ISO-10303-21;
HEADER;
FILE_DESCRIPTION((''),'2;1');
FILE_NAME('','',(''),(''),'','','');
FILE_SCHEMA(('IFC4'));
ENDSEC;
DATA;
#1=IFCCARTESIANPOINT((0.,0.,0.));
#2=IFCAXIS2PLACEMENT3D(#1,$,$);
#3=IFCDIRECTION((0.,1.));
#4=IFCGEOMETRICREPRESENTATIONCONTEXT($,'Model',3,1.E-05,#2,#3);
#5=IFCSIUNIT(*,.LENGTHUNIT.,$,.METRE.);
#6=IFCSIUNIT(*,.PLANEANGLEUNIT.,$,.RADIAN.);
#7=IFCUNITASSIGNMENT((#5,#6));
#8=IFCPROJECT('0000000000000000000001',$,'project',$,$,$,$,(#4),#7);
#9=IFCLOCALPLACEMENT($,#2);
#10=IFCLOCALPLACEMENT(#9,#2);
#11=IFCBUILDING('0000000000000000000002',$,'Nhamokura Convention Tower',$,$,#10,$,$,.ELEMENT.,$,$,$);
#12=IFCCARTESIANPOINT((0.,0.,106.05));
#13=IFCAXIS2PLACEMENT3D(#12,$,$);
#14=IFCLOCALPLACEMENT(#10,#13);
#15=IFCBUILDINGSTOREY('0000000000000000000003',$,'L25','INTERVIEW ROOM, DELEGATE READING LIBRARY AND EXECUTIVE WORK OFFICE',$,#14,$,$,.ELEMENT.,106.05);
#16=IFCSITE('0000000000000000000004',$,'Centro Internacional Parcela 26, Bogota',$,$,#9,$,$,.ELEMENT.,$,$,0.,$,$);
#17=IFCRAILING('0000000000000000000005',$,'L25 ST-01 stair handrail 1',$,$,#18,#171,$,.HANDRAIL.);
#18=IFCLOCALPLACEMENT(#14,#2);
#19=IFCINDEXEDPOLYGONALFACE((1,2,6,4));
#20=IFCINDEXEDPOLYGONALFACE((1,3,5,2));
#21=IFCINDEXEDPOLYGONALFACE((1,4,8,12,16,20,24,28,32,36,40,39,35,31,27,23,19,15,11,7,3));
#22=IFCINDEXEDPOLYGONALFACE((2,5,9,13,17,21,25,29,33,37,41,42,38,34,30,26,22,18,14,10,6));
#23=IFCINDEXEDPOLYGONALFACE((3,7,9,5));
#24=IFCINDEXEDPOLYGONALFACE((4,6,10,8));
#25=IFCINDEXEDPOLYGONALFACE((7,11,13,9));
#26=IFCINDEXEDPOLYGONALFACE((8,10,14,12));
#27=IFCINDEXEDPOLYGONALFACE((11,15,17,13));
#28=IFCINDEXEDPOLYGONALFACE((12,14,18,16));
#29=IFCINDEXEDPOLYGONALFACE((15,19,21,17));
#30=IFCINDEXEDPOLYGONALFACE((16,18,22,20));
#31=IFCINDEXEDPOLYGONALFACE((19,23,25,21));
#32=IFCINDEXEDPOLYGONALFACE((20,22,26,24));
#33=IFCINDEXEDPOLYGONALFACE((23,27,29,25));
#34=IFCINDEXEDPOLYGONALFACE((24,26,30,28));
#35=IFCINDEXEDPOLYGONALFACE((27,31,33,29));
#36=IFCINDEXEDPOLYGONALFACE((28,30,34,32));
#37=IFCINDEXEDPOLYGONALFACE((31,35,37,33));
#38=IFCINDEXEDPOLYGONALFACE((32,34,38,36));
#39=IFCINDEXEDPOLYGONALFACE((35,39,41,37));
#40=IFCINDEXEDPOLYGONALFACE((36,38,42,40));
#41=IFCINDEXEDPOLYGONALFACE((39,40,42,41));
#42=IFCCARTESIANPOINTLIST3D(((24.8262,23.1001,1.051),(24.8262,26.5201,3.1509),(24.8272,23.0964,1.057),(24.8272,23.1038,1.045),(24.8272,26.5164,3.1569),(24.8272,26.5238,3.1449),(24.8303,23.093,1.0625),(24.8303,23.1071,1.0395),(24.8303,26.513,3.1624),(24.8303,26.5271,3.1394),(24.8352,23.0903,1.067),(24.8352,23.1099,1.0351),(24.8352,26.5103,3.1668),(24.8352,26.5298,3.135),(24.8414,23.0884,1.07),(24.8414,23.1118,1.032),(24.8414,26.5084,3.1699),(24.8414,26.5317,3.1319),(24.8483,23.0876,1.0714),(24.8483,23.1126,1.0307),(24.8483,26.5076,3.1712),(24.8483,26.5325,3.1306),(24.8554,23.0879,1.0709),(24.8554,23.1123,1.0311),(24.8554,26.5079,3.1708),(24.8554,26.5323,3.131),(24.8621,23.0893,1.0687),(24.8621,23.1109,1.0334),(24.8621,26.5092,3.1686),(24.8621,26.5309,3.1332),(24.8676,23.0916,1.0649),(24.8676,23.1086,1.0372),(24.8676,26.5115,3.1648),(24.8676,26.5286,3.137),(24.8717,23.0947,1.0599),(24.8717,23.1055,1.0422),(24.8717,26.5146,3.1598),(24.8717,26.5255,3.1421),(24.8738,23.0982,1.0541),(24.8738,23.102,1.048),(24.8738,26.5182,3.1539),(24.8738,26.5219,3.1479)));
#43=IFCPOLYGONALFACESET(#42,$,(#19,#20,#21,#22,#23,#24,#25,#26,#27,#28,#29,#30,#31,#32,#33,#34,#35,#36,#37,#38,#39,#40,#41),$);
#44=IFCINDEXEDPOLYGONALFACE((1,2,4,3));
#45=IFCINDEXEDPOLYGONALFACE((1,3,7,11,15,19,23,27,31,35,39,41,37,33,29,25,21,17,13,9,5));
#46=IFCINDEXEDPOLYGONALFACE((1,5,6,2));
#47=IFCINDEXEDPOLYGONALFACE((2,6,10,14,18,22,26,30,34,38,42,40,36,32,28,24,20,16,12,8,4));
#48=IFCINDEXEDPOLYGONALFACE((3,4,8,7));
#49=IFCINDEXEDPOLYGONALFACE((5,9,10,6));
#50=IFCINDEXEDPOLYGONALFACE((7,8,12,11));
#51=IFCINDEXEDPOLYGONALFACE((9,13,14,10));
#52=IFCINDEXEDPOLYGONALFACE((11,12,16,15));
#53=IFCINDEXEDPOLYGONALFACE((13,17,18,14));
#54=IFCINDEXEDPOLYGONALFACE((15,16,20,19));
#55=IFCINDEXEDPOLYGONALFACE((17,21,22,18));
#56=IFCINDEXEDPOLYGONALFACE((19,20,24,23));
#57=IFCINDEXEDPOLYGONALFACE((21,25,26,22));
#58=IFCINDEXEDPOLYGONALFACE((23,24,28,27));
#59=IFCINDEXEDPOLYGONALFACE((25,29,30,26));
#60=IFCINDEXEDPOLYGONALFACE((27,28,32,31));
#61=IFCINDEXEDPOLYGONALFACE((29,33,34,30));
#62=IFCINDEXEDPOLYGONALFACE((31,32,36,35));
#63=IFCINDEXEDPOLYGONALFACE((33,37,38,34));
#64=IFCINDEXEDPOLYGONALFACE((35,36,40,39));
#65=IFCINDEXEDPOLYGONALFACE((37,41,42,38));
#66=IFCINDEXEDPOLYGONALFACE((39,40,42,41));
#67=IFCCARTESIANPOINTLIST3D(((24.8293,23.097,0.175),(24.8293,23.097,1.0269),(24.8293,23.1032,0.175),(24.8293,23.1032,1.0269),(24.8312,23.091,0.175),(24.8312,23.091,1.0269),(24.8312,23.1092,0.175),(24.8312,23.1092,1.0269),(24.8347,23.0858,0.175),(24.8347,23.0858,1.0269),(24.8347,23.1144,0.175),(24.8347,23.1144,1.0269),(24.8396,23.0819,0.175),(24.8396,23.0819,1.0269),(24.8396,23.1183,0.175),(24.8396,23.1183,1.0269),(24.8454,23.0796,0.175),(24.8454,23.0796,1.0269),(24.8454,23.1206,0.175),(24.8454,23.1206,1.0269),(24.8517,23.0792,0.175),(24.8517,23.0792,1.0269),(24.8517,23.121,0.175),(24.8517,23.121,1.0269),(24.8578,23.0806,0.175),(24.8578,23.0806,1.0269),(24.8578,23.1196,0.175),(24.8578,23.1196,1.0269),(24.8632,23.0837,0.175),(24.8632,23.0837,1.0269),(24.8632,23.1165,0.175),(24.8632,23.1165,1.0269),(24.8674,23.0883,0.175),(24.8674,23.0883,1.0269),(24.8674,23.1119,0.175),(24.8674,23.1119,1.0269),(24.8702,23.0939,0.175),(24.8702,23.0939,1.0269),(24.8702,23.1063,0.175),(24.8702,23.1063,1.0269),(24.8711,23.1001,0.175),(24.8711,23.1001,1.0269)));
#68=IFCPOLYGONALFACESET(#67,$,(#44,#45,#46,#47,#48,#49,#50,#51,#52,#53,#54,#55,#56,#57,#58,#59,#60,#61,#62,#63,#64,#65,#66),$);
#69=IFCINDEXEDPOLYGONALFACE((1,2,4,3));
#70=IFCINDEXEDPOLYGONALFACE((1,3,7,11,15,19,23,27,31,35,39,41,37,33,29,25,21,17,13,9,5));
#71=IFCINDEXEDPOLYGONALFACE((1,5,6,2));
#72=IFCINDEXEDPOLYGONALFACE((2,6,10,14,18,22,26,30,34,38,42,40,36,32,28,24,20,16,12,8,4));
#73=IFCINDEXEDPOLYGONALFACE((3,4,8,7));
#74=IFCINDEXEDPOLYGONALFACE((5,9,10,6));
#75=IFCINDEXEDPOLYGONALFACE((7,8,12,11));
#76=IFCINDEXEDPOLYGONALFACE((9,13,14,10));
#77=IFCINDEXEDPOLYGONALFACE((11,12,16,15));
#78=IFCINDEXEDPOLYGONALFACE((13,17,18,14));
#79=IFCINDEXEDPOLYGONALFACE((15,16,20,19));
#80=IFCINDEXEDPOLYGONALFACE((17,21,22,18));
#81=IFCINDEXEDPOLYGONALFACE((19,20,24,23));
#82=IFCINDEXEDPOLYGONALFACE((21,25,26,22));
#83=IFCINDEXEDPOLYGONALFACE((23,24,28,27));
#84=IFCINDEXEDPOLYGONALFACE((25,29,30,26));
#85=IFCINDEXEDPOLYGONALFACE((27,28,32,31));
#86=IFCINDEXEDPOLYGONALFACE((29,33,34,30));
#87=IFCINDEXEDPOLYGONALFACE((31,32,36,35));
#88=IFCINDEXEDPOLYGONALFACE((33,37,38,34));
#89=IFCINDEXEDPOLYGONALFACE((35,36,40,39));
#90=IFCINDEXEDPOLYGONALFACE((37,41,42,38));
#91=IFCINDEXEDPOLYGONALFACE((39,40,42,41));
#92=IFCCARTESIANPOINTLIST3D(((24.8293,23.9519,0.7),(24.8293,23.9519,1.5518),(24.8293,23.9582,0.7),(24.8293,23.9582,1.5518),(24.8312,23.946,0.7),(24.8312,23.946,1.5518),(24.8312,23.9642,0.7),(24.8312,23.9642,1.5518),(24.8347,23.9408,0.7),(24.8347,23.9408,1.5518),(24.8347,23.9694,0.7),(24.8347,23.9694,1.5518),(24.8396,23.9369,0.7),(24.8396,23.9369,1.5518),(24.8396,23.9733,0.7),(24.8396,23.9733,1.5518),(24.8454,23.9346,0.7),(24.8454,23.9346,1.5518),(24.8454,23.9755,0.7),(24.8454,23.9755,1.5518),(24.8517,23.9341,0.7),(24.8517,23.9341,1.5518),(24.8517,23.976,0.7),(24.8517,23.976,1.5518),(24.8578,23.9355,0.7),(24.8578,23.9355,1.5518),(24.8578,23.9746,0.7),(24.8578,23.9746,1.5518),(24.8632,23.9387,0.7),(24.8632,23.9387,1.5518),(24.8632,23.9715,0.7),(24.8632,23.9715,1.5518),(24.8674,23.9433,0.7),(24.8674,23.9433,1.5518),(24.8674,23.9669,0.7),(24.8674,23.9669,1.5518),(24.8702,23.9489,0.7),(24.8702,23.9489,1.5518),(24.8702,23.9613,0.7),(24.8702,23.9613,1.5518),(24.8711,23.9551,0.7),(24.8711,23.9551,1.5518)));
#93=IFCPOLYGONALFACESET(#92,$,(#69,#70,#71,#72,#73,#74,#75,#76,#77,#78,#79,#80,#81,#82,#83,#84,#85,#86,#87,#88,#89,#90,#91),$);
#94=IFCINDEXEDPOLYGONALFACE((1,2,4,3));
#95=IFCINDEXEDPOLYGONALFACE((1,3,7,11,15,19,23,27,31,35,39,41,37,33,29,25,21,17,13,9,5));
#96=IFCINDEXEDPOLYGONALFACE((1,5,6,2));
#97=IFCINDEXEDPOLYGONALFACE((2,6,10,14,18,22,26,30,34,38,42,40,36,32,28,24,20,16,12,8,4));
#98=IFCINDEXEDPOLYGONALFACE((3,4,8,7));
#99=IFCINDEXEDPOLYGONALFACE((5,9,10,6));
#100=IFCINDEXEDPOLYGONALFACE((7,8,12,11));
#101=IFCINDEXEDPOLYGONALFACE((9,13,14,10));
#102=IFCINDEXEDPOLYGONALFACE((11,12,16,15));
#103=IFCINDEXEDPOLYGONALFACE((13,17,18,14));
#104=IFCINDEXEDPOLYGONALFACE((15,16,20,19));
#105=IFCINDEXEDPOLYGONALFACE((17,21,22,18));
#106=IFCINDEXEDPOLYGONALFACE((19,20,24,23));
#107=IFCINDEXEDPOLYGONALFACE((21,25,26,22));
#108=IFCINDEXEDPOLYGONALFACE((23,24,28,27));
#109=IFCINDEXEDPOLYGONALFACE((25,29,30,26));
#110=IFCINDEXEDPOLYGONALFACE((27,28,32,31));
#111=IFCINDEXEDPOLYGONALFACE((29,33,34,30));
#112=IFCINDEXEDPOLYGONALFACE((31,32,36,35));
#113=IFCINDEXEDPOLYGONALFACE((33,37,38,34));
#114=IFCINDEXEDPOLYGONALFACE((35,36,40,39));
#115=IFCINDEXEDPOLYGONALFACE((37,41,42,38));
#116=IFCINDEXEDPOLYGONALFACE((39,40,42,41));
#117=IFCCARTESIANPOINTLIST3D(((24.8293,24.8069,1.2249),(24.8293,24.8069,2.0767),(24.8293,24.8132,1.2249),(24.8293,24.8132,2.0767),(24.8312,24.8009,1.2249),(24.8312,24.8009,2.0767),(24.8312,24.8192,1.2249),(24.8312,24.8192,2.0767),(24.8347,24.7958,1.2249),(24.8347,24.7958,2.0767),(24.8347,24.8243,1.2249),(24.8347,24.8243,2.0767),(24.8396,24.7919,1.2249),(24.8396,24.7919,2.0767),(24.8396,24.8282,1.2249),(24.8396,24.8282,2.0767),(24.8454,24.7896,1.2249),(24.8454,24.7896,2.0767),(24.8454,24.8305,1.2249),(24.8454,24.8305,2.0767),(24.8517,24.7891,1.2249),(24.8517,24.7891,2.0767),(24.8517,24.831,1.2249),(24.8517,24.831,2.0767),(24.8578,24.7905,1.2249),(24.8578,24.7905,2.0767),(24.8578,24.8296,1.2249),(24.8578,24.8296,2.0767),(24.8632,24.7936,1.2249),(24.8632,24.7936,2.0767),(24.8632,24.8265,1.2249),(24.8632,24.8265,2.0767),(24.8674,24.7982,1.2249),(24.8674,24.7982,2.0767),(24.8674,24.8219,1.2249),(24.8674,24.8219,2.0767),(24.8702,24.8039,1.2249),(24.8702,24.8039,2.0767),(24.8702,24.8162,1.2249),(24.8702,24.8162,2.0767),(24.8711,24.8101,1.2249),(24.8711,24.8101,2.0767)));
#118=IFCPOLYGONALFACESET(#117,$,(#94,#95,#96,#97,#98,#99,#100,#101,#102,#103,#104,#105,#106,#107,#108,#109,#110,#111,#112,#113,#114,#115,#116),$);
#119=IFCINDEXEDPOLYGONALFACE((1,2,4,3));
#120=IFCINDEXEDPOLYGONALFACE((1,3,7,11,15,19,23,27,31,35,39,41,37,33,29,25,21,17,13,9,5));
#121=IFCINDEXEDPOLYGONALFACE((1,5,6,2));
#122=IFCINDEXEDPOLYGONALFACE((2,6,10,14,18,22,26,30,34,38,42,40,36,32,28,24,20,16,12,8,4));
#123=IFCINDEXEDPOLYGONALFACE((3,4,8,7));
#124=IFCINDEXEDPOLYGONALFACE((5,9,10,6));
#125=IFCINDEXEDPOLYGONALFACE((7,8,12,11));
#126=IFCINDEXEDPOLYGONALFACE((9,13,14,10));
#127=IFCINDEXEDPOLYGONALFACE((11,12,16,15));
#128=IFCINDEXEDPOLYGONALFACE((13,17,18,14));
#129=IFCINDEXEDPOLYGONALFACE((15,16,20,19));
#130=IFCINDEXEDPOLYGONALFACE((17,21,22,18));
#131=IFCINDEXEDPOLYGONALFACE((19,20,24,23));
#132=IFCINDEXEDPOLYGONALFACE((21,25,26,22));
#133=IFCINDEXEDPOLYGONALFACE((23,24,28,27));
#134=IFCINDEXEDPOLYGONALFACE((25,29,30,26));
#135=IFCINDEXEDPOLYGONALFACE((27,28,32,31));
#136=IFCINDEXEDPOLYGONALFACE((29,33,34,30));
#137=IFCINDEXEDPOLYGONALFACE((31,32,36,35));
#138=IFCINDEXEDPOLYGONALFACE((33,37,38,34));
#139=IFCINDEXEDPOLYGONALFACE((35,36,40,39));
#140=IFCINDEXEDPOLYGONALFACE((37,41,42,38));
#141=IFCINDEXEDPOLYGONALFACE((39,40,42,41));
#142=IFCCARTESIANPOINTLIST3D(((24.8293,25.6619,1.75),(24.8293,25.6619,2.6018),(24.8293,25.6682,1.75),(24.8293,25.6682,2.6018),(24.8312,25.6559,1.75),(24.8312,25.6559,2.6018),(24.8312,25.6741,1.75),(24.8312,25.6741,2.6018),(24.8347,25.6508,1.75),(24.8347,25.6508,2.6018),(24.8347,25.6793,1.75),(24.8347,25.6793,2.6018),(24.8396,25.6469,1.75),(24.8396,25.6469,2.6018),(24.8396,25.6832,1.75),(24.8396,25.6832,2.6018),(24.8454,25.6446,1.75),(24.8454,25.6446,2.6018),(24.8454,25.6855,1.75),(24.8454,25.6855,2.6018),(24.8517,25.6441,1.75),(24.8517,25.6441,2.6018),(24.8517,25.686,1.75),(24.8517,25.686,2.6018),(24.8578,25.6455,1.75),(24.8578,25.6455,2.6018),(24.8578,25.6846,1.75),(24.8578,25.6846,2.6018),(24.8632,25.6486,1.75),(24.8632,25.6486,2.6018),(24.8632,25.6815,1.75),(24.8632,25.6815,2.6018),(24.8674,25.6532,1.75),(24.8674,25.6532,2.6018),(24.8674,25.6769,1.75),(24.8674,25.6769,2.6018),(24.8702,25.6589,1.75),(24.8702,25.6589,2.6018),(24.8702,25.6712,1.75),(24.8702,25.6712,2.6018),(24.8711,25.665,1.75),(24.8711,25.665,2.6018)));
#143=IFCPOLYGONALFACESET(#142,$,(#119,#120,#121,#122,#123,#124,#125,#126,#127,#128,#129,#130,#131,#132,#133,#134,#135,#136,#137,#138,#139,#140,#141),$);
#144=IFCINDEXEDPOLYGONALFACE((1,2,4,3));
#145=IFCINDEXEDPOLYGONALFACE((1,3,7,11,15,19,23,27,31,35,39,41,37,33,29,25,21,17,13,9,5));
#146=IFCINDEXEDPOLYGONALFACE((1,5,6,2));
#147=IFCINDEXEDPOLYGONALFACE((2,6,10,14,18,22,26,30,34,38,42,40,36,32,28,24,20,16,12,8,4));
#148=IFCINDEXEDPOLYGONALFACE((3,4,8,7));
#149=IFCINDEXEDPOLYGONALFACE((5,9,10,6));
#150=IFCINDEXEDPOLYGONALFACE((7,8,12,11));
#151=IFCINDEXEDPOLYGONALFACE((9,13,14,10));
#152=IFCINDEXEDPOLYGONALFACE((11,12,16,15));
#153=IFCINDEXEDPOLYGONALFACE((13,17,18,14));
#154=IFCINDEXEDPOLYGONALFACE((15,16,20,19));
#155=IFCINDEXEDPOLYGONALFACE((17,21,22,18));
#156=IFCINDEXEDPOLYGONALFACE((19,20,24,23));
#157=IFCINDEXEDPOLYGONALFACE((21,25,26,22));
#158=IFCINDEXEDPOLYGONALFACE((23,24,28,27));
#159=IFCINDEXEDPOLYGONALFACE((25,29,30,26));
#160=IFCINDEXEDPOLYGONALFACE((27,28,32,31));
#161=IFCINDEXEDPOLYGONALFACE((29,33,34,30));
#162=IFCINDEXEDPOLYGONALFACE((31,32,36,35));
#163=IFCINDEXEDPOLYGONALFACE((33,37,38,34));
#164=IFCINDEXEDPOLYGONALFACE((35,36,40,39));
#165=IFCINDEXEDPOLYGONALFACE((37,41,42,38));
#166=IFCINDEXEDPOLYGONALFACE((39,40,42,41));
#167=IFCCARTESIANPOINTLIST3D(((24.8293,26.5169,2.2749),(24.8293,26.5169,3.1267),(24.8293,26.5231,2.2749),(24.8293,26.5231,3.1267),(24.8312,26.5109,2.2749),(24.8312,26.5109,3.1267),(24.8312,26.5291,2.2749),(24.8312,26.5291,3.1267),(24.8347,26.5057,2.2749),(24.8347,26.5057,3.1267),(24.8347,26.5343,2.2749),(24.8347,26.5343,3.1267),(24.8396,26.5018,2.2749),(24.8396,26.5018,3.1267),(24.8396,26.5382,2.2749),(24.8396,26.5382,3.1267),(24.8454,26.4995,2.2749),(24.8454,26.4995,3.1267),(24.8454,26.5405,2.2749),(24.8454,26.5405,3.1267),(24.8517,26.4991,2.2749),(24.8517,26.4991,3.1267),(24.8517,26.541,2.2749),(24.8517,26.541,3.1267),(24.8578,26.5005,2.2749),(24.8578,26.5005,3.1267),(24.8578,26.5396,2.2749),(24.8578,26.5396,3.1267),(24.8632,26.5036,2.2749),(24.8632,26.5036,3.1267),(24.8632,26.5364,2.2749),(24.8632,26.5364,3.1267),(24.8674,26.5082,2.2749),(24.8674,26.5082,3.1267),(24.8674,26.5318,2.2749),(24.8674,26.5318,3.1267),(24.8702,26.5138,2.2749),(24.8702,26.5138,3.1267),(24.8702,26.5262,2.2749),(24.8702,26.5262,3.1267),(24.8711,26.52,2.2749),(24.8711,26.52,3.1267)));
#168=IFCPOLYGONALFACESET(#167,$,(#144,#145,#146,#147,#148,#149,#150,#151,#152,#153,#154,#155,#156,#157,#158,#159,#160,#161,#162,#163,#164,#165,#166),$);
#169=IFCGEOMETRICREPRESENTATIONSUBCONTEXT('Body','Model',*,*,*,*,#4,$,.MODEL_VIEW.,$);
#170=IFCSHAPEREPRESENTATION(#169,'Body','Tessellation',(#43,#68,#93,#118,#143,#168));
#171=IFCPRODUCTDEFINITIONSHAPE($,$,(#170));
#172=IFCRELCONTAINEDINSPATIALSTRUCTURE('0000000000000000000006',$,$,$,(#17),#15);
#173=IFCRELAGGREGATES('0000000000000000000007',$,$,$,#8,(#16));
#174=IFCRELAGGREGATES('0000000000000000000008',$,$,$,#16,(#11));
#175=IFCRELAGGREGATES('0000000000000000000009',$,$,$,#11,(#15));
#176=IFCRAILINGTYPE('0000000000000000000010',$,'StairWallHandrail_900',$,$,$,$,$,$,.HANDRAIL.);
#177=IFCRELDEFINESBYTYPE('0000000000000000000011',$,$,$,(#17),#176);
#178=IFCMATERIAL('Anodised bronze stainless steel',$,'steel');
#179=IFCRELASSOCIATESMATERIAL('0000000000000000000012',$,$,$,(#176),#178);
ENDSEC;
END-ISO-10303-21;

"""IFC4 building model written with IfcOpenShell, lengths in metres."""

from ifc_helpers import new_model, si_unit, direction, frame, origin, origin_2d, place, context, subcontext, project, spatial, circle, extrude, material, type_object, element, save


model = new_model("IFC4")

# Units and contexts
model_context = context("Model", 3, precision=1e-05, world=origin(), true_north=direction((0.0, 1.0)))
body_context = subcontext(model_context, "Body", "Model", "MODEL_VIEW")
ifc_project = project(units=[si_unit("LENGTHUNIT", "METRE"), si_unit("PLANEANGLEUNIT", "RADIAN")], contexts=[model_context])

# Site, building, storey
site_placement = place(None, origin())
site = spatial("IfcSite", under=ifc_project, at=site_placement, Name="Centro Internacional Parcela 26, Bogota", CompositionType="ELEMENT", RefElevation=0.0)
building_placement = place(site_placement, origin())
building = spatial("IfcBuilding", under=site, at=building_placement, Name="Nhamokura Convention Tower", CompositionType="ELEMENT")
storey_placement = place(building_placement, frame((0.0, 0.0, 106.05)))
storey = spatial("IfcBuildingStorey", under=building, at=storey_placement, Name="L25", Description="INTERVIEW ROOM, DELEGATE READING LIBRARY AND EXECUTIVE WORK OFFICE", CompositionType="ELEMENT", Elevation=106.05)

# Railing
ifc_material_1 = material(Name="Anodised bronze stainless steel", Category="steel")
railing_type_1 = type_object("IfcRailingType", Name="StairWallHandrail_900", PredefinedType="HANDRAIL", material=ifc_material_1)
railing_1_placement = place(storey_placement, frame((24.8501, 23.1001, 0.175)))
element("IfcRailing", 1, at=railing_1_placement, inside=storey, type_object=railing_type_1, Name="L25 ST-01 stair handrail 1", PredefinedType="HANDRAIL", context=body_context, shape_type="SweptSolid", body=[
    extrude(circle(Radius=0.0239, at=origin_2d()), frame((0.0, 0.0, 0.876), z_axis=(0.0, 0.852182, 0.523245), x_axis=(-1.0, 0.0, 0.0)), (0.0, 0.0, 1.0), 4.0132),
    extrude(circle(Radius=0.021, at=origin_2d()), origin(), (0.0, 0.0, 1.0), 0.8518),
    extrude(circle(Radius=0.021, at=origin_2d()), frame((0.0, 0.855, 0.5249)), (0.0, 0.0, 1.0), 0.8518),
    extrude(circle(Radius=0.021, at=origin_2d()), frame((0.0, 1.71, 1.0498)), (0.0, 0.0, 1.0), 0.8518),
    extrude(circle(Radius=0.021, at=origin_2d()), frame((0.0, 2.5649, 1.575)), (0.0, 0.0, 1.0), 0.8518),
    extrude(circle(Radius=0.021, at=origin_2d()), frame((0.0, 3.4199, 2.0999)), (0.0, 0.0, 1.0), 0.8518),
])

save(model, "model.ifc")
